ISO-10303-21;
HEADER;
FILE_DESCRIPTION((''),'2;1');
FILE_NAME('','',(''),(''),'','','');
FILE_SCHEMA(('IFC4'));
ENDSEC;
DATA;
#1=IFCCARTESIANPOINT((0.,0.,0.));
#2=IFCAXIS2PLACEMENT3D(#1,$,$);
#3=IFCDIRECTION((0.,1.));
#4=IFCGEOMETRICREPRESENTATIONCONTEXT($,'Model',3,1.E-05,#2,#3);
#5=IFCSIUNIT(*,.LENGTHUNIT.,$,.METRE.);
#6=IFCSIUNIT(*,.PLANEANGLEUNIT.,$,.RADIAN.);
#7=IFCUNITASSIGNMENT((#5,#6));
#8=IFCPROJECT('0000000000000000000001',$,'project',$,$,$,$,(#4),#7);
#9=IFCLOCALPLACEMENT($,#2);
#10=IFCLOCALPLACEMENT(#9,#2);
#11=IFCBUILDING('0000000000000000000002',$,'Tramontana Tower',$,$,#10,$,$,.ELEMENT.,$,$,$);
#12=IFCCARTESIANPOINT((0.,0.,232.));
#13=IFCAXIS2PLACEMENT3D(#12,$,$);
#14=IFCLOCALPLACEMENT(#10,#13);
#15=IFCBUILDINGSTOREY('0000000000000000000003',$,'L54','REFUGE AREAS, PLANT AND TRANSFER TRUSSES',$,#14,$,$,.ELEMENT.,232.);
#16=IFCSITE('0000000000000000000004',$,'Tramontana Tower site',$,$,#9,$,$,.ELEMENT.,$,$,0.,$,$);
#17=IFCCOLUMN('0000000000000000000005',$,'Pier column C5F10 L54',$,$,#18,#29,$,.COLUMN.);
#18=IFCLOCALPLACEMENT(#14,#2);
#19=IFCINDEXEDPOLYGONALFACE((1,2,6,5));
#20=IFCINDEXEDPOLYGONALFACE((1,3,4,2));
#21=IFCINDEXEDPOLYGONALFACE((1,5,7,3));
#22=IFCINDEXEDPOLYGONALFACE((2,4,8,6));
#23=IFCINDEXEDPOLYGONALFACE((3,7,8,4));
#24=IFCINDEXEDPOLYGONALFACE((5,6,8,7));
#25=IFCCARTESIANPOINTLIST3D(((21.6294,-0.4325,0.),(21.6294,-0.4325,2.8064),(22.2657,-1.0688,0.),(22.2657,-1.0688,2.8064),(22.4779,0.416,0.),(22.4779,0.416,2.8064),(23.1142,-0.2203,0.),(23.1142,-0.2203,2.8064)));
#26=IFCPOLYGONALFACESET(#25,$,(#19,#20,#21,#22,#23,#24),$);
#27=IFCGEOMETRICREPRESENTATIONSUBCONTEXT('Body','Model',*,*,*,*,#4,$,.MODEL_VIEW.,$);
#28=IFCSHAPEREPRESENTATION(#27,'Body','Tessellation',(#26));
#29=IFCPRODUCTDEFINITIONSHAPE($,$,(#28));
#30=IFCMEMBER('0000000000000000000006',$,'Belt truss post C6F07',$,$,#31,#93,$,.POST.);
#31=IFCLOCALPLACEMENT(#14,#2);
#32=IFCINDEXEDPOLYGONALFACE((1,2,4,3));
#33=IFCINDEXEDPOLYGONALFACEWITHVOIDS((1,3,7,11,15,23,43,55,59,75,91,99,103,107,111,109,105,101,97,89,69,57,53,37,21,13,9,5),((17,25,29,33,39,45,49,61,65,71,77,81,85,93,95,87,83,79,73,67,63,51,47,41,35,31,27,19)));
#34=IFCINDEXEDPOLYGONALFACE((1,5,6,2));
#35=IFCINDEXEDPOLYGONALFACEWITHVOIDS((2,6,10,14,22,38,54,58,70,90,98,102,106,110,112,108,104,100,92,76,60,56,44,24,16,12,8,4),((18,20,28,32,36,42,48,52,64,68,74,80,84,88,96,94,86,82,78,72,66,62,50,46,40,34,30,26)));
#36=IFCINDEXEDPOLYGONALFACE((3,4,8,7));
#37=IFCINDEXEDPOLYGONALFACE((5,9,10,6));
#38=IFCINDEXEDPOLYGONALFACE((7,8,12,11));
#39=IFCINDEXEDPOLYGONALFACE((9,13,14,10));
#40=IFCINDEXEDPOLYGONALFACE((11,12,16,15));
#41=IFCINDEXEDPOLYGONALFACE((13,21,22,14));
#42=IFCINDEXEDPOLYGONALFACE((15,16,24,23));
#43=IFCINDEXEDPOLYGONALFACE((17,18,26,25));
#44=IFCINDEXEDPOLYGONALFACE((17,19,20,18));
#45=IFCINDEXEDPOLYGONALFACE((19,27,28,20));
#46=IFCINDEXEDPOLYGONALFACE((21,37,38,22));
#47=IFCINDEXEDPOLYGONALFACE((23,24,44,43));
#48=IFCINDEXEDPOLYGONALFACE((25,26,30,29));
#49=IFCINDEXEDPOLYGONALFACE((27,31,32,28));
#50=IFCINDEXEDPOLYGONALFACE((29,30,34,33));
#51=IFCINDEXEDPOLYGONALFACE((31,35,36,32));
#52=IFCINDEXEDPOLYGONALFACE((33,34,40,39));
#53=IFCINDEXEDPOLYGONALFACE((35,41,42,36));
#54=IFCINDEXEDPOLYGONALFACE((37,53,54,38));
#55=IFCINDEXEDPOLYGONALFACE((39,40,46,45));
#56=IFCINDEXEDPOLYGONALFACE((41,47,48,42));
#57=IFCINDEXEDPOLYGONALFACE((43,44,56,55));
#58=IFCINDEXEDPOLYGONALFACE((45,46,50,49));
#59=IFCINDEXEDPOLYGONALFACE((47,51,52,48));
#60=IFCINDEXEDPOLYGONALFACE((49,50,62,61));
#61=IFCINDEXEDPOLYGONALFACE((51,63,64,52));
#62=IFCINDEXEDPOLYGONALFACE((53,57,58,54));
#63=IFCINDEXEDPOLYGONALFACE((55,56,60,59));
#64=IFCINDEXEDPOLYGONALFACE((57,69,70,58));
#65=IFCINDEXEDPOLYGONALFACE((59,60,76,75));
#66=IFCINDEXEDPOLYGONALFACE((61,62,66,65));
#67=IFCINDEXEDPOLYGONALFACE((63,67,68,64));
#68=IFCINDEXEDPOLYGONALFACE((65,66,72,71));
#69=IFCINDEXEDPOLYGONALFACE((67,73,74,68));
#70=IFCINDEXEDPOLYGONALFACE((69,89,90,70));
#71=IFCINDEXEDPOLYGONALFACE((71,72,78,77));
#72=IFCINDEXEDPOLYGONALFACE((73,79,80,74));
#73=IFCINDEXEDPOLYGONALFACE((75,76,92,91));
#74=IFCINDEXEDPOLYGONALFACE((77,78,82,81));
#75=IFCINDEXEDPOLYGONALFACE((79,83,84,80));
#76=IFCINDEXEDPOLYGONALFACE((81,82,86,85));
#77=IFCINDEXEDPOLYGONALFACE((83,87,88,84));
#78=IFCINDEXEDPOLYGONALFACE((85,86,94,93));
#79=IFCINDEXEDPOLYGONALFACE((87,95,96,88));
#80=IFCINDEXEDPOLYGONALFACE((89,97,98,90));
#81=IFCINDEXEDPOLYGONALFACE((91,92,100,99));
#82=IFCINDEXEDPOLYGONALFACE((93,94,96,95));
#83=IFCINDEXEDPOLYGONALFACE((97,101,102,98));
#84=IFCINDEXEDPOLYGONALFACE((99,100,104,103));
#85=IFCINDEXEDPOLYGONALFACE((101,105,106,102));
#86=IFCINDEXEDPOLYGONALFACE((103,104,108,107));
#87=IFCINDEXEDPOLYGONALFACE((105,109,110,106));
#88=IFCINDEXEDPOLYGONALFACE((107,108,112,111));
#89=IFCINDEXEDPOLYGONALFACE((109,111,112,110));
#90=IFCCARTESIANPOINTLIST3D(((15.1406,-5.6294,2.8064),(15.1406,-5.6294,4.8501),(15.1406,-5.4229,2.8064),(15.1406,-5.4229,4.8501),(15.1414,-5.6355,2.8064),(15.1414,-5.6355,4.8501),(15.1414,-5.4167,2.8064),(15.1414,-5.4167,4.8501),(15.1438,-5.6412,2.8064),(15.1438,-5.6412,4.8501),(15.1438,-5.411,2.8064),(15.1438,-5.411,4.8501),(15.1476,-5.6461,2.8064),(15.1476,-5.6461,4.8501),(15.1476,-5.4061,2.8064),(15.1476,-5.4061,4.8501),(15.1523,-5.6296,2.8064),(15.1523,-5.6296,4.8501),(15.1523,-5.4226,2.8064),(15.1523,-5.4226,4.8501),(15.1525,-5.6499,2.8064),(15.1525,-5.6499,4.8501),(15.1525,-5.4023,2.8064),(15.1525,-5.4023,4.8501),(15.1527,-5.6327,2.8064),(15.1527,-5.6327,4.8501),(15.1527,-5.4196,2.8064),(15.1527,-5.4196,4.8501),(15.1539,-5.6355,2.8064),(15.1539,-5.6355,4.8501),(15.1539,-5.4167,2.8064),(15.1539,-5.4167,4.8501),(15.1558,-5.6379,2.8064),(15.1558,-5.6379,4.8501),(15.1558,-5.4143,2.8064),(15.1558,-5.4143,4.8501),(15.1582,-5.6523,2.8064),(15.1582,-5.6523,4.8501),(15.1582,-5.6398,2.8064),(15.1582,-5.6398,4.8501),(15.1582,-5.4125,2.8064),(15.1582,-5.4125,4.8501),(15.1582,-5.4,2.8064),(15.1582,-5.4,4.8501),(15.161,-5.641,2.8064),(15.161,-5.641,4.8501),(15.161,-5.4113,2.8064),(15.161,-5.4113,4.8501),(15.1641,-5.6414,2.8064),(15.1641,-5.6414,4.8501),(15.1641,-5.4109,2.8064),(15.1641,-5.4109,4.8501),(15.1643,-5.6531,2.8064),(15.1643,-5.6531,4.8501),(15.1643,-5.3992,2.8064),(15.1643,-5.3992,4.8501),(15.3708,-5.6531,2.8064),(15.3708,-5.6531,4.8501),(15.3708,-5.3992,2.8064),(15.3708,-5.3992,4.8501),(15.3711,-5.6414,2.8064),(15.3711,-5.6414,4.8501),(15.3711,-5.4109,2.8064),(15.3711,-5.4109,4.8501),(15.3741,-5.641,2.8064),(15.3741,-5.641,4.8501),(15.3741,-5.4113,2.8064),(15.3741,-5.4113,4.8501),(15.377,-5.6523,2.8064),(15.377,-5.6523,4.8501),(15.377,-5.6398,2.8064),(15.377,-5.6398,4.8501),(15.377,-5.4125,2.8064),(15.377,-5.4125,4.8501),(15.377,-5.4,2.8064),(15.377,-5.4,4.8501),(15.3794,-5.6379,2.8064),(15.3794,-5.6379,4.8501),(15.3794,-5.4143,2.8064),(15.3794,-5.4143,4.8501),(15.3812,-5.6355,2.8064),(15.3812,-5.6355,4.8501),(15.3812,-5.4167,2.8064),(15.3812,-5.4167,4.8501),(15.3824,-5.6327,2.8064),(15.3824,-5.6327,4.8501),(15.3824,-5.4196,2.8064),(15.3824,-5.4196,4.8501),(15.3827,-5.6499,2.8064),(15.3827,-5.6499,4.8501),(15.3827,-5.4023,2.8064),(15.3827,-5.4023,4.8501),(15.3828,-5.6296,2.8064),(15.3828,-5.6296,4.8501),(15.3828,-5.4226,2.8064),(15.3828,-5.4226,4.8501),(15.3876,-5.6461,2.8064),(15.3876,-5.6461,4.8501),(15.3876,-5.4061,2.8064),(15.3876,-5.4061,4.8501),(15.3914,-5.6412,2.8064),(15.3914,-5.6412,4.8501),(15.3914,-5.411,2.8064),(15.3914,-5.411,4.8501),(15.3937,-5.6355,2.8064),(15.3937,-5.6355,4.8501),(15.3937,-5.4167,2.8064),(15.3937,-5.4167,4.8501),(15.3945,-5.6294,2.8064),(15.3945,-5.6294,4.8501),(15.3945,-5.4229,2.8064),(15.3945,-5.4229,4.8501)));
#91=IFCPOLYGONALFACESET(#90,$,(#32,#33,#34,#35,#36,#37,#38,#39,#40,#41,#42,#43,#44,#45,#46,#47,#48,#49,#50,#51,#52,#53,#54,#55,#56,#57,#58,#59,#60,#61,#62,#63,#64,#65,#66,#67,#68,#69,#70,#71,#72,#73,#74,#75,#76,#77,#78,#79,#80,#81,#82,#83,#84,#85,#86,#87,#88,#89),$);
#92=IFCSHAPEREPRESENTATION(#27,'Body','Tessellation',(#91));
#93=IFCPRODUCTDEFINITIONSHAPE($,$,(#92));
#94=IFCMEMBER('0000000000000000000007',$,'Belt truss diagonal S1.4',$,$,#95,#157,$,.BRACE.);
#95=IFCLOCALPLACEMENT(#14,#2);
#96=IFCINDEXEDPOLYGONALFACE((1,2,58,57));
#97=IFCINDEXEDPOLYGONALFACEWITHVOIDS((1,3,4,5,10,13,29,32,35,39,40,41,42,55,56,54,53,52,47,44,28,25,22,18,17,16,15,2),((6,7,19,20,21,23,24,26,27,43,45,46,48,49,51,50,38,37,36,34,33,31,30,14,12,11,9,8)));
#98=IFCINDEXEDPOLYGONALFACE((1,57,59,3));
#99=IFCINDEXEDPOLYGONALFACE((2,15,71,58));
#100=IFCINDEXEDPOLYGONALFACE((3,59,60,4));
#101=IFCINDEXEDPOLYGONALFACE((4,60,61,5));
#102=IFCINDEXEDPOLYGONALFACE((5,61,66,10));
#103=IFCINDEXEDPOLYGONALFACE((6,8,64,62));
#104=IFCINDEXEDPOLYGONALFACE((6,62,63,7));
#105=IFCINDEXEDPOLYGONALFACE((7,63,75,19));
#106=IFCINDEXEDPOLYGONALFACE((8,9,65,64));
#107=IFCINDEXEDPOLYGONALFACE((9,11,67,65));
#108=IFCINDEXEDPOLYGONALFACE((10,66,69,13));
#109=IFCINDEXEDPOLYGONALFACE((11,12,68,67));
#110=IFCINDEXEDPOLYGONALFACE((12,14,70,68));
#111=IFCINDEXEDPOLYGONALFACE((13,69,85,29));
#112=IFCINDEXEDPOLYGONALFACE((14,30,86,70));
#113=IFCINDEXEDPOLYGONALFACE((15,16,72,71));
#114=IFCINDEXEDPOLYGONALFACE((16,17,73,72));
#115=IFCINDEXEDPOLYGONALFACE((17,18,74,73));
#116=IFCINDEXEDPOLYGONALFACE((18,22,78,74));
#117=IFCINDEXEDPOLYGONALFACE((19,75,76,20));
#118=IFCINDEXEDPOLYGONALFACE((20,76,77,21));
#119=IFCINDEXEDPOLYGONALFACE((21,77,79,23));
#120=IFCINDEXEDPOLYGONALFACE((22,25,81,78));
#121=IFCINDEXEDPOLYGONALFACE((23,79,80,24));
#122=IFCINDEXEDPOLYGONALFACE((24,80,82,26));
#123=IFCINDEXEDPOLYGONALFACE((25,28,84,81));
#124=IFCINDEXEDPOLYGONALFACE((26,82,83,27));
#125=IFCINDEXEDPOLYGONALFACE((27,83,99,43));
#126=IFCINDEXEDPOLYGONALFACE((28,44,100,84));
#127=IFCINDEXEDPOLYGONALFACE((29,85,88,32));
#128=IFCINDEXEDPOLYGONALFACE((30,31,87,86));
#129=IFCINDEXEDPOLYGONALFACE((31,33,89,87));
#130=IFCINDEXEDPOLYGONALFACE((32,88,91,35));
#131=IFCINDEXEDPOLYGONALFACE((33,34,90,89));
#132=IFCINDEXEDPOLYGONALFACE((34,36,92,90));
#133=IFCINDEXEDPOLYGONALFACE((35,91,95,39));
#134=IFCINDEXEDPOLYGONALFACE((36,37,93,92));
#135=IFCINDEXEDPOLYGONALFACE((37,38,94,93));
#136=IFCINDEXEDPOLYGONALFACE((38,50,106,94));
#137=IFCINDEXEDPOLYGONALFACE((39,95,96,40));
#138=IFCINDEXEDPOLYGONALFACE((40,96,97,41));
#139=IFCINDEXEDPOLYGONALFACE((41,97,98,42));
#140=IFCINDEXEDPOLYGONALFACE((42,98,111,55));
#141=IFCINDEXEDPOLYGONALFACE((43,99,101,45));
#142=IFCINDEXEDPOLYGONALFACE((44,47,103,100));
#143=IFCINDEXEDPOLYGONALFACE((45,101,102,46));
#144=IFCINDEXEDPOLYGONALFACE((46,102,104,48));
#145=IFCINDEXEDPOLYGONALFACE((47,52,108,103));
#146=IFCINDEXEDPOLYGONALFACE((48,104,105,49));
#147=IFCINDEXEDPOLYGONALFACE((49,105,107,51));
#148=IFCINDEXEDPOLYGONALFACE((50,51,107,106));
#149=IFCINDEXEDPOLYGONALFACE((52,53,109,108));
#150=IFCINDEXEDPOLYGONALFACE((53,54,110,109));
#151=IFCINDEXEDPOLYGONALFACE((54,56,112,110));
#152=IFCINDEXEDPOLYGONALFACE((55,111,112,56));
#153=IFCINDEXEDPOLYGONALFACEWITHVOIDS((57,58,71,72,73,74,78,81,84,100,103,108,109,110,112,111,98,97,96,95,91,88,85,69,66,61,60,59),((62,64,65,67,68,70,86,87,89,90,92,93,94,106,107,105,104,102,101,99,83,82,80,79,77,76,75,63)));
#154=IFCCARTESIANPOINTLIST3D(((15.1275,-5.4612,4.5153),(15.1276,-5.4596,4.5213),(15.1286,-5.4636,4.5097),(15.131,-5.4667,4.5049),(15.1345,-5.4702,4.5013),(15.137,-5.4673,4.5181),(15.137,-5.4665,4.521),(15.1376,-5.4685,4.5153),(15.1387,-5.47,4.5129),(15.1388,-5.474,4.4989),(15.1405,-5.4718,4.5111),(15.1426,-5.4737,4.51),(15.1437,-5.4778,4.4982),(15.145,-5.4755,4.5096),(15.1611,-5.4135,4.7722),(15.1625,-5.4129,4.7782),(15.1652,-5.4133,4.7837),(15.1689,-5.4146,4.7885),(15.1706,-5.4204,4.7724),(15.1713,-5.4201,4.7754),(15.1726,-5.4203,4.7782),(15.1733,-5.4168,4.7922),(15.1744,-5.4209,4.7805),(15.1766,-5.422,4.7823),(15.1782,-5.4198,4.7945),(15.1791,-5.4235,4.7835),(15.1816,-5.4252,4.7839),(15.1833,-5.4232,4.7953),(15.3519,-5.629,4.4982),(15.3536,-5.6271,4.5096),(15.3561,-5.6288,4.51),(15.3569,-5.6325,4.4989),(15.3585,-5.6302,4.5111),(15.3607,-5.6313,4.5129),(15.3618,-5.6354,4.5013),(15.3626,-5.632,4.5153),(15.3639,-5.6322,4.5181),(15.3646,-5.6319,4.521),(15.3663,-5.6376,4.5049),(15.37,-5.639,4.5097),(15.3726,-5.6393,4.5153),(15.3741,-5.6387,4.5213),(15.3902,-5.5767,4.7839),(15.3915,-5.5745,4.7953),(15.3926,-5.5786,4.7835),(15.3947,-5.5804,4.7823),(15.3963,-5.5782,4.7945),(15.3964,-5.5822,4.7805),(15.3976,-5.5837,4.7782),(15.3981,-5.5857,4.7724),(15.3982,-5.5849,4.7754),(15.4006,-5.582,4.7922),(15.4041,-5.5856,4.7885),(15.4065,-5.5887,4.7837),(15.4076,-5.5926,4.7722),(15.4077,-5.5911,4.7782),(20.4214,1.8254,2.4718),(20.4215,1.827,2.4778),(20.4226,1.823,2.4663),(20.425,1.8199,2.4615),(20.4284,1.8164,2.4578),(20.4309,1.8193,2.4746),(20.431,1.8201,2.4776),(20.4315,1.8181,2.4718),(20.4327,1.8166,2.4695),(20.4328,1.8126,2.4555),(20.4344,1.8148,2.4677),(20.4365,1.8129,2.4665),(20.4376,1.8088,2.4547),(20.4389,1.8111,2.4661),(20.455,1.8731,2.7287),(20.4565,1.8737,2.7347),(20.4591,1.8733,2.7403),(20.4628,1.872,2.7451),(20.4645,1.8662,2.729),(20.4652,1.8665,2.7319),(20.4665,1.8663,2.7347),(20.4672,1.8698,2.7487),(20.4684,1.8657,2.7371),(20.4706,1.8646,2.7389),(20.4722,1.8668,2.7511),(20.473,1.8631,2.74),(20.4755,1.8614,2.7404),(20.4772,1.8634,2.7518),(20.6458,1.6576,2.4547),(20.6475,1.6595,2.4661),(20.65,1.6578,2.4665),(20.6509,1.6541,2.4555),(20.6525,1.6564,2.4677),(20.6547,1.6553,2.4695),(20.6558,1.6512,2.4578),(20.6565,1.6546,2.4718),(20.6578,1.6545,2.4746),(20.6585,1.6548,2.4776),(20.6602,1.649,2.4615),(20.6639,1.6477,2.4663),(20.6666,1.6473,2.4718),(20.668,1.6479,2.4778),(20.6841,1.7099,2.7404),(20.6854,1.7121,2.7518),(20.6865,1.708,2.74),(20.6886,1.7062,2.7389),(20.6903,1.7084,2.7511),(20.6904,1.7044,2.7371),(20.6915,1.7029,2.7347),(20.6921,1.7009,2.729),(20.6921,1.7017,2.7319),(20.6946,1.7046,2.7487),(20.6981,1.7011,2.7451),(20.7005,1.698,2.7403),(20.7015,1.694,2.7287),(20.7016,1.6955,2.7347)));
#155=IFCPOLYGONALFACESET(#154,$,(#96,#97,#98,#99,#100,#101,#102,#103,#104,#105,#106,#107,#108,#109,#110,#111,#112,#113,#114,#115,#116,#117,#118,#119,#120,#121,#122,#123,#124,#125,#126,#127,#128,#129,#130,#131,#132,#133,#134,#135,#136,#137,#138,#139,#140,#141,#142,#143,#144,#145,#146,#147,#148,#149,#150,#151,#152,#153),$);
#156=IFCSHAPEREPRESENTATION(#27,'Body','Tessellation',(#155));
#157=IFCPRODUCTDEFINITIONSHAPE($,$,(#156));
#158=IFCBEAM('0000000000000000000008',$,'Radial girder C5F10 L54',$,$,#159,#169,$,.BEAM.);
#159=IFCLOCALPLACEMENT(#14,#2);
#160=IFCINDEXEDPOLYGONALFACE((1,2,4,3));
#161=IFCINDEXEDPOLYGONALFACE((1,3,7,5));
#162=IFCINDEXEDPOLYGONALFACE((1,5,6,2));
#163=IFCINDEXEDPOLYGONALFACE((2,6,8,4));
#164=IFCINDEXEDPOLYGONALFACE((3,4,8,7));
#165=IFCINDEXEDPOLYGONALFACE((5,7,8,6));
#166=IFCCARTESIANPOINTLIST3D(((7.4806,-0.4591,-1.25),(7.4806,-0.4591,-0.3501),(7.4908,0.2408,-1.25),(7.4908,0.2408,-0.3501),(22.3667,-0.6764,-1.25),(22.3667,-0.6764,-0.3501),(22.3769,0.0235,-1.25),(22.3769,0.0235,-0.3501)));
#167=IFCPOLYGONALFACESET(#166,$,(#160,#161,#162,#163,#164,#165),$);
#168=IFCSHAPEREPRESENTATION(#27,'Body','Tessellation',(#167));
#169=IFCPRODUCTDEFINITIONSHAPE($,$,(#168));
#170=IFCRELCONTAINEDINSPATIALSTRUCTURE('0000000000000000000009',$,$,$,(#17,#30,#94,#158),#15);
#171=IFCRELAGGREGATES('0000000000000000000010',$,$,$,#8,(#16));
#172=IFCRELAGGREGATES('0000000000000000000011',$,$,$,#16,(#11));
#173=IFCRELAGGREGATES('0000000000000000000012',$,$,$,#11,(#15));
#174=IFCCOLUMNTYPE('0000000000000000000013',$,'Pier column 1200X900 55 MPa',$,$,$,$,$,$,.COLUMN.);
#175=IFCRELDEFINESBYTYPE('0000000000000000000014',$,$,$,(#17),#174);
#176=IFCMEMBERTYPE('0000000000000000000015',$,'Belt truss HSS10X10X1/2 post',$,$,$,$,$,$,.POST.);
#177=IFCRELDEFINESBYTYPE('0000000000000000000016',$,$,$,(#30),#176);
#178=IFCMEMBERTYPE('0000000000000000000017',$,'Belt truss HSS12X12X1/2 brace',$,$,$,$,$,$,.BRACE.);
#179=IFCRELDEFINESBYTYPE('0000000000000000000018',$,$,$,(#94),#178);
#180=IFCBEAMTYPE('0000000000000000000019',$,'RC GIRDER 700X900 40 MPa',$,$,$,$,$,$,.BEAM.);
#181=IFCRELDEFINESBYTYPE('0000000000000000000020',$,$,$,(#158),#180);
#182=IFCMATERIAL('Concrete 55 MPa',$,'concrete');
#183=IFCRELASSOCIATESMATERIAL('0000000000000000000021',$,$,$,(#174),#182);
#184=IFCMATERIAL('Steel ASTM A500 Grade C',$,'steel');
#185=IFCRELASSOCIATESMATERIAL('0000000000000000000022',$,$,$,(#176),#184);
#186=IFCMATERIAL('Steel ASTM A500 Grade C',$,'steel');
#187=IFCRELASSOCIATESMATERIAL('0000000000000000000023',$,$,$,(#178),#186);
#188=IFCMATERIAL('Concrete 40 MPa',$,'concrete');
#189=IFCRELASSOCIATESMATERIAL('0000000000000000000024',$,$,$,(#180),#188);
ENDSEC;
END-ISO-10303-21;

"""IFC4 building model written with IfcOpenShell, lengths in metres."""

from ifc_helpers import new_model, si_unit, direction, frame, origin, origin_2d, place, context, subcontext, project, spatial, rectangle, hollow_rectangle, extrude, material, material_profile, profile_set, type_object, element, save


model = new_model("IFC4")

# Units and contexts
model_context = context("Model", 3, precision=1e-05, world=origin(), true_north=direction((0.0, 1.0)))
body_context = subcontext(model_context, "Body", "Model", "MODEL_VIEW")
ifc_project = project(units=[si_unit("LENGTHUNIT", "METRE"), si_unit("PLANEANGLEUNIT", "RADIAN")], contexts=[model_context])

# Site, building, storey
site_placement = place(None, origin())
site = spatial("IfcSite", under=ifc_project, at=site_placement, Name="Tramontana Tower site", CompositionType="ELEMENT", RefElevation=0.0)
building_placement = place(site_placement, origin())
building = spatial("IfcBuilding", under=site, at=building_placement, Name="Tramontana Tower", CompositionType="ELEMENT")
storey_placement = place(building_placement, frame((0.0, 0.0, 232.0)))
storey = spatial("IfcBuildingStorey", under=building, at=storey_placement, Name="L54", Description="REFUGE AREAS, PLANT AND TRANSFER TRUSSES", CompositionType="ELEMENT", Elevation=232.0)

# Column
ifc_material_1 = material(Name="Concrete 55 MPa", Category="concrete")
ifc_material_profile_1 = material_profile(ifc_material_1, rectangle(XDim=1.2, YDim=0.8999, at=origin_2d()), Name="Pier column 1200X900 55 MPa")
ifc_profile_set_1 = profile_set([ifc_material_profile_1], Name="Concrete 55 MPa")
column_type = type_object("IfcColumnType", Name="Pier column 1200X900 55 MPa", PredefinedType="COLUMN", material=ifc_profile_set_1)
column_placement = place(storey_placement, frame((22.3718, -0.3264, 0.0), z_axis=(0.0, 0.0, 1.0), x_axis=(0.707107, 0.707107, 0.0)))
element("IfcColumn", 1, at=column_placement, inside=storey, type_object=column_type, Name="Pier column C5F10 L54", PredefinedType="COLUMN", context=body_context, shape_type="SweptSolid", body=[
    extrude(rectangle(XDim=1.2, YDim=0.8999, at=origin_2d()), origin(), (0.0, 0.0, 1.0), 2.8064),
])

# Members
ifc_material_2 = material(Name="Steel ASTM A500 Grade C", Category="steel")
ifc_material_profile_2 = material_profile(ifc_material_2, hollow_rectangle(XDim=0.2539, YDim=0.2539, WallThickness=0.0117, InnerFilletRadius=0.0117, OuterFilletRadius=0.0237, at=origin_2d()), Name="HSS10X10X1/2")
ifc_profile_set_2 = profile_set([ifc_material_profile_2], Name="Steel ASTM A500 Grade C")
member_type_1 = type_object("IfcMemberType", Name="Belt truss HSS10X10X1/2 post", PredefinedType="POST", material=ifc_profile_set_2)
member_1_placement = place(storey_placement, frame((15.2676, -5.5261, 2.8064), z_axis=(0.0, 0.0, 1.0), x_axis=(1.0, 0.0, 0.0)))
element("IfcMember", 2, at=member_1_placement, inside=storey, type_object=member_type_1, Name="Belt truss post C6F07", PredefinedType="POST", context=body_context, shape_type="SweptSolid", body=[
    extrude(hollow_rectangle(XDim=0.2539, YDim=0.2539, WallThickness=0.0117, InnerFilletRadius=0.0117, OuterFilletRadius=0.0237, at=origin_2d()), origin(), (0.0, 0.0, 1.0), 2.0437),
])
ifc_material_3 = material(Name="Steel ASTM A500 Grade C", Category="steel")
ifc_material_profile_3 = material_profile(ifc_material_3, hollow_rectangle(XDim=0.3047, YDim=0.3047, WallThickness=0.0117, InnerFilletRadius=0.0117, OuterFilletRadius=0.0237, at=origin_2d()), Name="HSS12X12X1/2")
ifc_profile_set_3 = profile_set([ifc_material_profile_3], Name="Steel ASTM A500 Grade C")
member_type_2 = type_object("IfcMemberType", Name="Belt truss HSS12X12X1/2 brace", PredefinedType="BRACE", material=ifc_profile_set_3)
member_2_placement = place(storey_placement, frame((15.2676, -5.5261, 4.6467), z_axis=(0.57321, 0.788971, -0.221259), x_axis=(-0.809022, 0.587778, 0.0)))
element("IfcMember", 3, at=member_2_placement, inside=storey, type_object=member_type_2, Name="Belt truss diagonal S1.4", PredefinedType="BRACE", context=body_context, shape_type="SweptSolid", body=[
    extrude(hollow_rectangle(XDim=0.3047, YDim=0.3047, WallThickness=0.0117, InnerFilletRadius=0.0117, OuterFilletRadius=0.0237, at=origin_2d()), origin(), (0.0, 0.0, 1.0), 9.2356),
])

# Beam
ifc_material_4 = material(Name="Concrete 40 MPa", Category="concrete")
ifc_material_profile_4 = material_profile(ifc_material_4, rectangle(XDim=0.7, YDim=0.8999, at=origin_2d()), Name="RC GIRDER 700X900 40 MPa")
ifc_profile_set_4 = profile_set([ifc_material_profile_4], Name="Concrete 40 MPa")
beam_type = type_object("IfcBeamType", Name="RC GIRDER 700X900 40 MPa", PredefinedType="BEAM", material=ifc_profile_set_4)
beam_placement = place(storey_placement, frame((22.3718, -0.3264, -0.8), z_axis=(-0.999893, 0.014595, 0.0), x_axis=(-0.014595, -0.999893, 0.0)))
element("IfcBeam", 4, at=beam_placement, inside=storey, type_object=beam_type, Name="Radial girder C5F10 L54", PredefinedType="BEAM", context=body_context, shape_type="SweptSolid", body=[
    extrude(rectangle(XDim=0.7, YDim=0.8999, at=origin_2d()), origin(), (0.0, 0.0, 1.0), 14.8877),
])

save(model, "model.ifc")
